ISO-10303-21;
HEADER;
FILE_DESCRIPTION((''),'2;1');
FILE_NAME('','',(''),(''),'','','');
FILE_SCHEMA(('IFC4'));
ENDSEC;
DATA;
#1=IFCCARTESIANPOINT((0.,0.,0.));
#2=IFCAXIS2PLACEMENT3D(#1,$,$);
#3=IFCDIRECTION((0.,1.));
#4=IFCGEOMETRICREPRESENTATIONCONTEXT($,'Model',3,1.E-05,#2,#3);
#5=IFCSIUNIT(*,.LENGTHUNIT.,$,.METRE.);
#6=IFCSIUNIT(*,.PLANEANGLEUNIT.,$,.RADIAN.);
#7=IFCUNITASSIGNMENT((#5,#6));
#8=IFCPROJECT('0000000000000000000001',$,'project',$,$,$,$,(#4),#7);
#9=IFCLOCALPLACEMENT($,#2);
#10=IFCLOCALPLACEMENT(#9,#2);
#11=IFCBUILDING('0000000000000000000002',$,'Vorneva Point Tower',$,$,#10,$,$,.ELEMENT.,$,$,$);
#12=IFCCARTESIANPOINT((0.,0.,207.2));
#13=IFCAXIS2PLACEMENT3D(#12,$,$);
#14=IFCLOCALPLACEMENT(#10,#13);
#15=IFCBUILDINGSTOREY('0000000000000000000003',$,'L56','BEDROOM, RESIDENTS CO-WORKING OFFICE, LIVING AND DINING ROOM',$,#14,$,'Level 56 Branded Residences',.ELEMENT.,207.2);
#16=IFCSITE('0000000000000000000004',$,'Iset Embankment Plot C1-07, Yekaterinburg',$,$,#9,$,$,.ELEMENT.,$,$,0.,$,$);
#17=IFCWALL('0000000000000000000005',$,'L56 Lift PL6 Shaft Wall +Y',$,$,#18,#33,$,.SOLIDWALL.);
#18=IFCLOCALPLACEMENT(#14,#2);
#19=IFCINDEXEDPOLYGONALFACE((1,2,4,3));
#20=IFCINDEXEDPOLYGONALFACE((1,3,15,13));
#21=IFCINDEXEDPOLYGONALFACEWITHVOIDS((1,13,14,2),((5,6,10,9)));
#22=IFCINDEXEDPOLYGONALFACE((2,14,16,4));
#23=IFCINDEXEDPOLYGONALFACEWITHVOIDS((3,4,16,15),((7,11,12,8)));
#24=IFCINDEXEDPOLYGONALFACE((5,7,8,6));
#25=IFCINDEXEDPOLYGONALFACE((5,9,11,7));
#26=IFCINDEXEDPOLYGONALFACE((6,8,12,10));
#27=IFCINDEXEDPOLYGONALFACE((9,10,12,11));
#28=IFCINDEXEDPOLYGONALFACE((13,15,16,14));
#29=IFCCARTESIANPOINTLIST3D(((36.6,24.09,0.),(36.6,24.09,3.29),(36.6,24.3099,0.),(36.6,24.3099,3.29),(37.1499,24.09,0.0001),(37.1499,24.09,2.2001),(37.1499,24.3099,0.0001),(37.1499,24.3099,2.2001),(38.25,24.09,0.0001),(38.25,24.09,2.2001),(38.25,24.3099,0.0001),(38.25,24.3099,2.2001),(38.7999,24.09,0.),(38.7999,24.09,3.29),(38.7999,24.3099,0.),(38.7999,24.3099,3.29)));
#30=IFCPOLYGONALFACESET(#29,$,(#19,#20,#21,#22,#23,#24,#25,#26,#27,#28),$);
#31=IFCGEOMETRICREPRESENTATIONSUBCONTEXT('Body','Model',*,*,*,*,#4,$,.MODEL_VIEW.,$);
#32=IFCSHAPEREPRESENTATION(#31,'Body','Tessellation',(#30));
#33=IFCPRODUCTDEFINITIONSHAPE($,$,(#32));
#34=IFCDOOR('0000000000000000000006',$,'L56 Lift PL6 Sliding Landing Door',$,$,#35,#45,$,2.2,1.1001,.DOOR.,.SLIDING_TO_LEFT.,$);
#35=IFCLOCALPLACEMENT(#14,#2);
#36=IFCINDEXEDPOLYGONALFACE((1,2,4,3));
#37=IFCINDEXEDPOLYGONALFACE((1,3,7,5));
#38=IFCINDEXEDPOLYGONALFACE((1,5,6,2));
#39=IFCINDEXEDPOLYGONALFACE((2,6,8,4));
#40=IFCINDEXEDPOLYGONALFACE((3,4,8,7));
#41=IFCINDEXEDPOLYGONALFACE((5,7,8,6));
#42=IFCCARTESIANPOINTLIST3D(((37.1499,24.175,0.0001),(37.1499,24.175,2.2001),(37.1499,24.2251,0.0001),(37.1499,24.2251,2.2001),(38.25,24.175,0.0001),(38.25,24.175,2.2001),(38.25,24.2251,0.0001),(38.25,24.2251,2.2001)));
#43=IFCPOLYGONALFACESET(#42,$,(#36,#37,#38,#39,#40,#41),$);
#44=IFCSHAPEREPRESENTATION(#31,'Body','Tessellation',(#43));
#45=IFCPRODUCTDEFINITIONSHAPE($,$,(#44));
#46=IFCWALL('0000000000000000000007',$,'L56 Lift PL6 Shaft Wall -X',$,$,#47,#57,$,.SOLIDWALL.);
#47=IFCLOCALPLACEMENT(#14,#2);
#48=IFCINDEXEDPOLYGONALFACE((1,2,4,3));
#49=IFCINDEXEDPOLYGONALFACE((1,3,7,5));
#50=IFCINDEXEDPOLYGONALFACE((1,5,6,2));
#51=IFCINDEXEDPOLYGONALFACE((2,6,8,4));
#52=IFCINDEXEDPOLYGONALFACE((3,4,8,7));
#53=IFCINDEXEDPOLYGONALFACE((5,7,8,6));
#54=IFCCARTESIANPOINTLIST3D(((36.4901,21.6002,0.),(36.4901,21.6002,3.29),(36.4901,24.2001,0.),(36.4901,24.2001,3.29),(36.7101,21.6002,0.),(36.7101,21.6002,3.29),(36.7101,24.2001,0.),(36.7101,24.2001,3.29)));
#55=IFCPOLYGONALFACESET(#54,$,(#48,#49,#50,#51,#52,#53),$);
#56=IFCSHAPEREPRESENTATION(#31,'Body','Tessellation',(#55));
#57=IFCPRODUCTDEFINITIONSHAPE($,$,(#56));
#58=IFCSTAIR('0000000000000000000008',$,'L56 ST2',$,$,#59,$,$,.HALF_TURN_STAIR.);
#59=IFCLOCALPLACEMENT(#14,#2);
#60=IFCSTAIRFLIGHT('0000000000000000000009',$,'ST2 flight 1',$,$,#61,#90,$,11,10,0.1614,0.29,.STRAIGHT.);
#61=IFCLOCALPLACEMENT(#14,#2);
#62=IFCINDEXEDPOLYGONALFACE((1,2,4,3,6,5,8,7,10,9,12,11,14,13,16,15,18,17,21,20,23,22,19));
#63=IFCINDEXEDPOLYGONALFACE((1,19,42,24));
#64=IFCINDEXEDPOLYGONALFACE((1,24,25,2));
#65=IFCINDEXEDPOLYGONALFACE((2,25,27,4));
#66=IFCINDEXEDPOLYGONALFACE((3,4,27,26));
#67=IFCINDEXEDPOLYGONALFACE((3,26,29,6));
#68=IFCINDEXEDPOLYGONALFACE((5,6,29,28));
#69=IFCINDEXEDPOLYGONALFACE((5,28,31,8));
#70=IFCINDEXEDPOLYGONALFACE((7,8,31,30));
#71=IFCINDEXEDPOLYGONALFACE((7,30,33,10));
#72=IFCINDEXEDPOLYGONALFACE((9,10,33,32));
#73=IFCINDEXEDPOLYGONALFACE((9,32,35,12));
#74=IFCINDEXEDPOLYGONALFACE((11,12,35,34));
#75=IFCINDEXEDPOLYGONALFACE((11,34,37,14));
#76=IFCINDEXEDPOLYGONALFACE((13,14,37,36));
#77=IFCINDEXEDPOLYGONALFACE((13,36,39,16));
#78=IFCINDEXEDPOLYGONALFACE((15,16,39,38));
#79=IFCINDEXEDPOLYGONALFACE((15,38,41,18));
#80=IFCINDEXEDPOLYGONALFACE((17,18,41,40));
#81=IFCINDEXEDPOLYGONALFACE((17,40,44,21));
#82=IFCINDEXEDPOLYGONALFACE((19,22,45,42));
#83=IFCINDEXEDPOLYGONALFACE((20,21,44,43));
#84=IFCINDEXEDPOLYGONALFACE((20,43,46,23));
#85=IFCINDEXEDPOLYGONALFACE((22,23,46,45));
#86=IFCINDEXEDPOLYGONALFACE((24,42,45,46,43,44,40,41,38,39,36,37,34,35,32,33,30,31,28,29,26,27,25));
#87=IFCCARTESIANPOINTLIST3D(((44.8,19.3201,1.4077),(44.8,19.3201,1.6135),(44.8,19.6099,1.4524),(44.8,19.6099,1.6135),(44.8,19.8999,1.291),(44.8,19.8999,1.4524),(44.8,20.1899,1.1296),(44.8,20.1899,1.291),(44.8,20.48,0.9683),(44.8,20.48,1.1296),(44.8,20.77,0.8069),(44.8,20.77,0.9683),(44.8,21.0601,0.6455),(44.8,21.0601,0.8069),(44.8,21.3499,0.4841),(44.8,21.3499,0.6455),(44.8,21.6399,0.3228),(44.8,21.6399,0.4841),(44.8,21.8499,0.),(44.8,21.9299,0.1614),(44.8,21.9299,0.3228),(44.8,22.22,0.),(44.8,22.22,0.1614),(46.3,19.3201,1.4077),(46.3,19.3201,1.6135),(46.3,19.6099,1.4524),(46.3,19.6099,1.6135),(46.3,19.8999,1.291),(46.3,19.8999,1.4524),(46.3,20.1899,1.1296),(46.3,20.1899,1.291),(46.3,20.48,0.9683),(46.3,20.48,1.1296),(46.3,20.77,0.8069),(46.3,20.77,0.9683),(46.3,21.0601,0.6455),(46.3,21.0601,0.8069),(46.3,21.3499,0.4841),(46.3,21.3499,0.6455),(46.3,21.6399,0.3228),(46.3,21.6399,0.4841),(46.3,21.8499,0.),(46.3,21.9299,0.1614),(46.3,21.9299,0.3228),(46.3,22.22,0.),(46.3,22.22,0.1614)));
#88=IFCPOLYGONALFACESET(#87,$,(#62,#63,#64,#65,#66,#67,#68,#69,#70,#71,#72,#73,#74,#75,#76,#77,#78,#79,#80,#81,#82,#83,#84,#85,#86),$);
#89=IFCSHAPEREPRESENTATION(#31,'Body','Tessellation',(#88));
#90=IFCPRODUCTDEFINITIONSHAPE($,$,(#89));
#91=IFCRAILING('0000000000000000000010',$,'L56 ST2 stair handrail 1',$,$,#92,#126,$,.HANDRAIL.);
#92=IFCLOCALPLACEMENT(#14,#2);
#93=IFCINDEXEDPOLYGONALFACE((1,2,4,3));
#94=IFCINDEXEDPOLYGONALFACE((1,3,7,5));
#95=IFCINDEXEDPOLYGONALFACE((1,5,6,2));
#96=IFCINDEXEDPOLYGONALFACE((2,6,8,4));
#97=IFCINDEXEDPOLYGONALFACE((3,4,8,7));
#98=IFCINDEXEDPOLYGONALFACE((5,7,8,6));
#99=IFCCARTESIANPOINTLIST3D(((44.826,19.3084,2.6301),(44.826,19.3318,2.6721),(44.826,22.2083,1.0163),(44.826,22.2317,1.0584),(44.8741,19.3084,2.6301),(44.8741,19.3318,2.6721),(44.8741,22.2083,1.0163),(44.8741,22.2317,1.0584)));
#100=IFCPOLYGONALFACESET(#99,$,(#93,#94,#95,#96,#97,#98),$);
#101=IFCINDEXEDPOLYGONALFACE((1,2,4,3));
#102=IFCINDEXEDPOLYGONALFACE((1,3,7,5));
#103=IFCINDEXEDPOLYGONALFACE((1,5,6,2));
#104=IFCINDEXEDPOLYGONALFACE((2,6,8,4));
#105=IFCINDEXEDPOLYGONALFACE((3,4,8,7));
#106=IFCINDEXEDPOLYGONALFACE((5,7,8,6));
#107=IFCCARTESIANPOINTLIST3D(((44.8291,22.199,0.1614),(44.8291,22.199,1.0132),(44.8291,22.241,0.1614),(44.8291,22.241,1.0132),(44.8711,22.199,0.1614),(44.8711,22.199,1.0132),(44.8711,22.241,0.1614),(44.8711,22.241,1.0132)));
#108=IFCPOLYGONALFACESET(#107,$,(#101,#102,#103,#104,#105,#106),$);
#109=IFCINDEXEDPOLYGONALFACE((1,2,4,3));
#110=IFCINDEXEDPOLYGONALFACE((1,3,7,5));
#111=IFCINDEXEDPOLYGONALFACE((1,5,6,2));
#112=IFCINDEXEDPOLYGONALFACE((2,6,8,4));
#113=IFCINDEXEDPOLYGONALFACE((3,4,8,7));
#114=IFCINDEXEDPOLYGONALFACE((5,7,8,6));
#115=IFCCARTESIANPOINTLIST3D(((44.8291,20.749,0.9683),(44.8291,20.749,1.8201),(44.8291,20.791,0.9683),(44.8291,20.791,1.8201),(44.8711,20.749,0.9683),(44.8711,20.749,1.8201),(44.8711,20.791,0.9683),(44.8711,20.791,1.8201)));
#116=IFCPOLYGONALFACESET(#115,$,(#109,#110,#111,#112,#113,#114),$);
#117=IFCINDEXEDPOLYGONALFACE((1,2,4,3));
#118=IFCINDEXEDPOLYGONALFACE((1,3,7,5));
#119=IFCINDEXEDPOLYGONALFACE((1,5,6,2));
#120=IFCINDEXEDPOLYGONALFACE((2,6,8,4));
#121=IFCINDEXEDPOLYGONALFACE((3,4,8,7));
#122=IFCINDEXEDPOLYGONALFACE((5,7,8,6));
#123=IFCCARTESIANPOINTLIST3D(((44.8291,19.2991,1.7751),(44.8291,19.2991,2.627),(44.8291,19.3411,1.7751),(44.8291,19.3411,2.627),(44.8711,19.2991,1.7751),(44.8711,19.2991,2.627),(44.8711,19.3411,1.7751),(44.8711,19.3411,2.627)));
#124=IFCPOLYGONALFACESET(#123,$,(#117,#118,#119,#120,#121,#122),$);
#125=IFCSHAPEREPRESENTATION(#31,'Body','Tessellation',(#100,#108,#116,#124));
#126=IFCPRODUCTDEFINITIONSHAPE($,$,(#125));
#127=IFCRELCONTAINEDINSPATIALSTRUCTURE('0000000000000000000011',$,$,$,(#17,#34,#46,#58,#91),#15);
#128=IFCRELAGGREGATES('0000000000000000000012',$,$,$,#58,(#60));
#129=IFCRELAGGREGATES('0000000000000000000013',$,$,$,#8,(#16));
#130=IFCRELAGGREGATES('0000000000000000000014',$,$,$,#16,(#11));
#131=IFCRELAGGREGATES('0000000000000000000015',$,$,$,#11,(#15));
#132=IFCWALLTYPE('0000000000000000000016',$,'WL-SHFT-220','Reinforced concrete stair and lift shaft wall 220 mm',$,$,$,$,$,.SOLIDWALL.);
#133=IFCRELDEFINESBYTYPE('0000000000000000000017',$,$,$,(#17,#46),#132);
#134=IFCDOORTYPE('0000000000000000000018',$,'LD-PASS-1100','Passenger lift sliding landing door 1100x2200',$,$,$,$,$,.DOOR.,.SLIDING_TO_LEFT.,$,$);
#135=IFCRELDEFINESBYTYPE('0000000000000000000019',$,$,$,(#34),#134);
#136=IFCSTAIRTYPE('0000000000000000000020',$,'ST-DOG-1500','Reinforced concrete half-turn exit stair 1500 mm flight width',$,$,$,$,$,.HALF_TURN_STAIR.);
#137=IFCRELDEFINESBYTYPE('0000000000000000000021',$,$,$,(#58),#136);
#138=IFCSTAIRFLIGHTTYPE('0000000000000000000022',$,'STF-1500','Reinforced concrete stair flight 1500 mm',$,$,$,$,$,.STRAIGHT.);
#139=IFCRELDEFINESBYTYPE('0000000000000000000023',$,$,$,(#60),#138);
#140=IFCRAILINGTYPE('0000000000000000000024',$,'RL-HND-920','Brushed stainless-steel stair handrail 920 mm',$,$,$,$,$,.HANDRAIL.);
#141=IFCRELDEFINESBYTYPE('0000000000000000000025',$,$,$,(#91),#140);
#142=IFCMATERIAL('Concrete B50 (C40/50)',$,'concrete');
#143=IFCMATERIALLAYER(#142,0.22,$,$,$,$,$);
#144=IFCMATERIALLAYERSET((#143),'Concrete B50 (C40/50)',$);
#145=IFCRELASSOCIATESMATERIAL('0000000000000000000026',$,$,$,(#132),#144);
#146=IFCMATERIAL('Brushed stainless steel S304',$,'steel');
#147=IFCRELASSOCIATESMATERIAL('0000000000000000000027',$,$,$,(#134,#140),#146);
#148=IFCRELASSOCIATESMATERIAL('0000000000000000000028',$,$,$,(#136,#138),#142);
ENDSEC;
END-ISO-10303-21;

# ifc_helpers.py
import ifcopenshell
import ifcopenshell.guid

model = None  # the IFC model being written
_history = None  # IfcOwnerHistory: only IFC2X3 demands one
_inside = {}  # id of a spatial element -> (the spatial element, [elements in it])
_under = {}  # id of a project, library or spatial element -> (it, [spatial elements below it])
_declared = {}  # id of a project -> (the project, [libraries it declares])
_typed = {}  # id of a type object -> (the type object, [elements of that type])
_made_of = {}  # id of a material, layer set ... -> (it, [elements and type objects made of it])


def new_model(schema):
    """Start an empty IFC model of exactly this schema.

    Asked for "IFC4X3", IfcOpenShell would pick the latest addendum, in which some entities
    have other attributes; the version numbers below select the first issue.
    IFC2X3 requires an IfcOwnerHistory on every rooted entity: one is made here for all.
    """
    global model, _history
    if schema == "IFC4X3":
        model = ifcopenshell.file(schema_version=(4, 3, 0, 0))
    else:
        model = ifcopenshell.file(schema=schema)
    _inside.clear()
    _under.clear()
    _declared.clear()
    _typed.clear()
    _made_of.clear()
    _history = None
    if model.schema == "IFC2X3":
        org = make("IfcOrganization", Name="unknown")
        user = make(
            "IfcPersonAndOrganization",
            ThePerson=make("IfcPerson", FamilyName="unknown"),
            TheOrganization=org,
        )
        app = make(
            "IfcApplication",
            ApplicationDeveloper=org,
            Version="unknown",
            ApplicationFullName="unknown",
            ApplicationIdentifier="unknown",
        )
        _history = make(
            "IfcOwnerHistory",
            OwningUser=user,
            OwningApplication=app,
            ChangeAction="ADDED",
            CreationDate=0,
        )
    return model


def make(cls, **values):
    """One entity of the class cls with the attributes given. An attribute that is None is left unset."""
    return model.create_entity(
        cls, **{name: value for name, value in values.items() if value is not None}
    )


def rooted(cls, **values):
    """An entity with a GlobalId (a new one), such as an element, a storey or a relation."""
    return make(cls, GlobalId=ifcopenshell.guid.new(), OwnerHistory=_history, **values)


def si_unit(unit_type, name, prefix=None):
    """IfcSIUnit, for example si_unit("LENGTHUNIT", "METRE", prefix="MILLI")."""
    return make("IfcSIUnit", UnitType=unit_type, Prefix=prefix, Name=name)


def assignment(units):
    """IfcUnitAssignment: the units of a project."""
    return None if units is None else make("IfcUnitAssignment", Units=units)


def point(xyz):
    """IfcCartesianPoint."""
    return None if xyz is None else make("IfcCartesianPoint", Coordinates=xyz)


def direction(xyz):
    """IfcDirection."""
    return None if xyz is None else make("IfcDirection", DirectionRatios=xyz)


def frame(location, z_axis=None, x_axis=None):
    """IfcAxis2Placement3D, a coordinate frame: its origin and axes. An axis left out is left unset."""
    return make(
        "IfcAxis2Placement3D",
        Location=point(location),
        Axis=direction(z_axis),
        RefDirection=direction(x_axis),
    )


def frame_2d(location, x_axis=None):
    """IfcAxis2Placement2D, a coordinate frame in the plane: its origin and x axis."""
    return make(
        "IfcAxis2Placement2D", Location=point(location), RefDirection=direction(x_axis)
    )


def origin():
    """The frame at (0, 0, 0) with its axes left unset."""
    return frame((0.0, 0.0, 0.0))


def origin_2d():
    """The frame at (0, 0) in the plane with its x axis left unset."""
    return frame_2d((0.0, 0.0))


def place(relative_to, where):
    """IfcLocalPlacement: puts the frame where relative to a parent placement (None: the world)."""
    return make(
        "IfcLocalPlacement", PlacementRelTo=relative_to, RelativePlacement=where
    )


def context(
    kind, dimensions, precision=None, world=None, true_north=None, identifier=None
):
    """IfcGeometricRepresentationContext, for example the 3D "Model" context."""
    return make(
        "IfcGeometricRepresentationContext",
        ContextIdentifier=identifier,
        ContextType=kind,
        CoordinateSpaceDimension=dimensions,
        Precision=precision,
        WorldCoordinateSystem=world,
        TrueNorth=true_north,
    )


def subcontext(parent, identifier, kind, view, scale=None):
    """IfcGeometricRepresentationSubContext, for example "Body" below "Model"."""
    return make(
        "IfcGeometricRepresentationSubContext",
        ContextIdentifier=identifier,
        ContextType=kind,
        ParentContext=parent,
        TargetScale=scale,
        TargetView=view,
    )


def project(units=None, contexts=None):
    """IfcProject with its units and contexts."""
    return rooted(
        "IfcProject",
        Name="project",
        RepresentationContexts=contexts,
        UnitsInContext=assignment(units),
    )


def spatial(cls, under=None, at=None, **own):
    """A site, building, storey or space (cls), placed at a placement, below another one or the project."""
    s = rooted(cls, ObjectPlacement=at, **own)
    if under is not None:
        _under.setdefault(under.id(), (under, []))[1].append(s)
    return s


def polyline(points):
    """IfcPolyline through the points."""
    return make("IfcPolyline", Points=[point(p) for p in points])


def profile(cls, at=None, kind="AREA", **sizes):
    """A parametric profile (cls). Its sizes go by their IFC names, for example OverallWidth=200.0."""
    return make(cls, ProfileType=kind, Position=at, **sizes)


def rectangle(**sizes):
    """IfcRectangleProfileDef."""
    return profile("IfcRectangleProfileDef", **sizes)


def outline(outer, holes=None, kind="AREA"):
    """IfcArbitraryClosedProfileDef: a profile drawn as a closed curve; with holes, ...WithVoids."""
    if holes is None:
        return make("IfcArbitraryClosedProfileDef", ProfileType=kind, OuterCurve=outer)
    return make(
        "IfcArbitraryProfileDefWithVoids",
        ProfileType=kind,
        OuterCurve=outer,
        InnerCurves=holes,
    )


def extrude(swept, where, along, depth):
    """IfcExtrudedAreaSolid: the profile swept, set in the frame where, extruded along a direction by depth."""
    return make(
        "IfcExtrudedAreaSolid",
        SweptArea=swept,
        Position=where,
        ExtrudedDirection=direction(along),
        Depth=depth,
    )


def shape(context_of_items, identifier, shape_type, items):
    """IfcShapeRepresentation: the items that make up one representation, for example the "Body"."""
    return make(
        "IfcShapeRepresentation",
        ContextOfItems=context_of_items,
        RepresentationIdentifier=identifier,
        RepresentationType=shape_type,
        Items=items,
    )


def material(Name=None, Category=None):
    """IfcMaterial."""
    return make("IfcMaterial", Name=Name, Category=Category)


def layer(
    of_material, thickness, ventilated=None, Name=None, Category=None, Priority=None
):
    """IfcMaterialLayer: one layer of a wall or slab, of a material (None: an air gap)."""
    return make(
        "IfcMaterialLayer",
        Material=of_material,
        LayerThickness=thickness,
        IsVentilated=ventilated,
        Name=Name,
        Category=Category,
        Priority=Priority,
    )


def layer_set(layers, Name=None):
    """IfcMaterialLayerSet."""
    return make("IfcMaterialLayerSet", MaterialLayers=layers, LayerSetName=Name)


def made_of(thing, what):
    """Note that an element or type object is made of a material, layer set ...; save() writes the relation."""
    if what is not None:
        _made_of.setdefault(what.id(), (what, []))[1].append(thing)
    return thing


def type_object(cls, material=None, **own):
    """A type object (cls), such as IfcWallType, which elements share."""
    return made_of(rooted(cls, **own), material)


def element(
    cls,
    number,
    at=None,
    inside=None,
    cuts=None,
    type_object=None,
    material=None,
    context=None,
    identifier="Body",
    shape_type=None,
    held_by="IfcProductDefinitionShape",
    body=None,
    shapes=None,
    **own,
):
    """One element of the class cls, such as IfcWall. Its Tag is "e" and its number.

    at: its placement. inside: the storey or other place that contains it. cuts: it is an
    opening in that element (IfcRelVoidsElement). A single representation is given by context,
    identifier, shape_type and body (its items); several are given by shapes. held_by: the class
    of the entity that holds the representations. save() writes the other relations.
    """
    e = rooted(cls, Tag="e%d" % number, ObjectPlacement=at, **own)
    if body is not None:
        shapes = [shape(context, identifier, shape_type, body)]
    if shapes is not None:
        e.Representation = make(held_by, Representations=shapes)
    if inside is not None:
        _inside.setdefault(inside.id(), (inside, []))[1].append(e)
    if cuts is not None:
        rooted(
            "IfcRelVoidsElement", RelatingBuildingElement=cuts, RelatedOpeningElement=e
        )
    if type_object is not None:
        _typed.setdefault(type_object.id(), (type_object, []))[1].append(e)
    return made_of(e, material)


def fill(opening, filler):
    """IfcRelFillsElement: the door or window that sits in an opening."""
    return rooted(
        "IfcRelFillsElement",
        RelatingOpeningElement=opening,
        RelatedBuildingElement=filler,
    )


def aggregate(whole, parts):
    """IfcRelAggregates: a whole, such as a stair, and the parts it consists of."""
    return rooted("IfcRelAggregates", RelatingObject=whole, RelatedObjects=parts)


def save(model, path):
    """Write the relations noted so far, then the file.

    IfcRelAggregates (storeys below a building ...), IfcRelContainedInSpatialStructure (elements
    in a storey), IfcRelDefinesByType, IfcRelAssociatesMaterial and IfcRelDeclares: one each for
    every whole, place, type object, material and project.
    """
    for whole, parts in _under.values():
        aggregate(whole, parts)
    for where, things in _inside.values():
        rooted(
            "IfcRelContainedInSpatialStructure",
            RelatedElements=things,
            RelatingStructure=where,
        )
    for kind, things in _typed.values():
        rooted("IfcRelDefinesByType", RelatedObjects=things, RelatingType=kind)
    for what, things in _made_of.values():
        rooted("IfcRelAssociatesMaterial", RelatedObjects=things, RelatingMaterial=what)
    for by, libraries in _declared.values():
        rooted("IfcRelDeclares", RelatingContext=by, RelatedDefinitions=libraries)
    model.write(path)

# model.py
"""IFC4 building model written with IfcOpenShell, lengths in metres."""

from ifc_helpers import new_model, si_unit, direction, frame, frame_2d, origin, origin_2d, place, context, subcontext, project, spatial, polyline, rectangle, outline, extrude, material, layer, layer_set, type_object, element, fill, aggregate, save


model = new_model("IFC4")

# Units and contexts
model_context = context("Model", 3, precision=1e-05, world=origin(), true_north=direction((0.0, 1.0)))
body_context = subcontext(model_context, "Body", "Model", "MODEL_VIEW")
ifc_project = project(units=[si_unit("LENGTHUNIT", "METRE"), si_unit("PLANEANGLEUNIT", "RADIAN")], contexts=[model_context])

# Site, building, storey
site_placement = place(None, origin())
site = spatial("IfcSite", under=ifc_project, at=site_placement, Name="Iset Embankment Plot C1-07, Yekaterinburg", CompositionType="ELEMENT", RefElevation=0.0)
building_placement = place(site_placement, origin())
building = spatial("IfcBuilding", under=site, at=building_placement, Name="Vorneva Point Tower", CompositionType="ELEMENT")
storey_placement = place(building_placement, frame((0.0, 0.0, 207.2)))
storey = spatial("IfcBuildingStorey", under=building, at=storey_placement, Name="L56", Description="BEDROOM, RESIDENTS CO-WORKING OFFICE, LIVING AND DINING ROOM", LongName="Level 56 Branded Residences", CompositionType="ELEMENT", Elevation=207.2)

# Shared definitions
ifc_material_1 = material(Name="Concrete B50 (C40/50)", Category="concrete")

# Shared definitions
ifc_layer_1 = layer(ifc_material_1, 0.22)
ifc_layer_set_1 = layer_set([ifc_layer_1], Name="Concrete B50 (C40/50)")
wall_type_1 = type_object("IfcWallType", Name="WL-SHFT-220", Description="Reinforced concrete stair and lift shaft wall 220 mm", PredefinedType="SOLIDWALL", material=ifc_layer_set_1)

# Shared definitions
ifc_material_2 = material(Name="Brushed stainless steel S304", Category="steel")
door_type_1 = type_object("IfcDoorType", Name="LD-PASS-1100", Description="Passenger lift sliding landing door 1100x2200", OperationType="SLIDING_TO_LEFT", PredefinedType="DOOR", material=ifc_material_2)

# Wall, opening, door
wall_1_placement = place(storey_placement, frame((38.8, 24.2, 0.0), z_axis=(0.0, 0.0, 1.0), x_axis=(-1.0, 0.0, 0.0)))
wall_1 = element("IfcWall", 1, at=wall_1_placement, inside=storey, type_object=wall_type_1, Name="L56 Lift PL6 Shaft Wall +Y", PredefinedType="SOLIDWALL", context=body_context, shape_type="SweptSolid", body=[
    extrude(rectangle(XDim=2.2, YDim=0.22, at=frame_2d((1.1001, 0.0))), origin(), (0.0, 0.0, 1.0), 3.29),
])
opening_1_placement = place(wall_1_placement, frame((0.55, 0.0, 0.0)))
opening_1 = element("IfcOpeningElement", 2, at=opening_1_placement, cuts=wall_1, PredefinedType="OPENING", context=body_context, shape_type="SweptSolid", body=[
    extrude(rectangle(XDim=1.1001, YDim=2.2, at=frame_2d((0.55, 1.1001))), frame((0.0, 0.125, 0.0), z_axis=(0.0, -1.0, 0.0), x_axis=(1.0, 0.0, 0.0)), (0.0, 0.0, 1.0), 0.2498),
])
door_1_placement = place(opening_1_placement, origin())
door_1 = element("IfcDoor", 3, at=door_1_placement, inside=storey, type_object=door_type_1, Name="L56 Lift PL6 Sliding Landing Door", OperationType="SLIDING_TO_LEFT", OverallHeight=2.2, OverallWidth=1.1001, PredefinedType="DOOR", context=body_context, shape_type="SweptSolid", body=[
    extrude(rectangle(XDim=1.1001, YDim=2.2, at=frame_2d((0.55, 1.1001))), frame((0.0, 0.0249, 0.0), z_axis=(0.0, -1.0, 0.0), x_axis=(1.0, 0.0, 0.0)), (0.0, 0.0, 1.0), 0.05),
])
fill(opening_1, door_1)

# Wall
wall_2_placement = place(storey_placement, frame((36.6001, 24.2, 0.0), z_axis=(0.0, 0.0, 1.0), x_axis=(0.0, -1.0, 0.0)))
element("IfcWall", 4, at=wall_2_placement, inside=storey, type_object=wall_type_1, Name="L56 Lift PL6 Shaft Wall -X", PredefinedType="SOLIDWALL", context=body_context, shape_type="SweptSolid", body=[
    extrude(rectangle(XDim=2.5999, YDim=0.22, at=frame_2d((1.2998, 0.0))), origin(), (0.0, 0.0, 1.0), 3.29),
])

# Stair, stair flight
stair_type = type_object("IfcStairType", Name="ST-DOG-1500", Description="Reinforced concrete half-turn exit stair 1500 mm flight width", PredefinedType="HALF_TURN_STAIR", material=ifc_material_1)
stair_placement = place(storey_placement, origin())
stair = element("IfcStair", 5, at=stair_placement, inside=storey, type_object=stair_type, Name="L56 ST2", PredefinedType="HALF_TURN_STAIR")
stair_flight_type = type_object("IfcStairFlightType", Name="STF-1500", Description="Reinforced concrete stair flight 1500 mm", PredefinedType="STRAIGHT", material=ifc_material_1)
stair_flight_placement = place(storey_placement, frame((45.55, 22.22, 0.0), z_axis=(0.0, 0.0, 1.0), x_axis=(0.0, -1.0, 0.0)))
stair_flight = element("IfcStairFlight", 6, at=stair_flight_placement, type_object=stair_flight_type, Name="ST2 flight 1", NumberOfRisers=11, NumberOfTreads=10, PredefinedType="STRAIGHT", RiserHeight=0.1614, TreadLength=0.29, context=body_context, shape_type="SweptSolid", body=[
    extrude(outline(polyline([(0.0, 0.0), (0.0, 0.1614), (0.29, 0.1614), (0.29, 0.3228), (0.5801, 0.3228), (0.5801, 0.4841), (0.8701, 0.4841), (0.8701, 0.6455), (1.1599, 0.6455), (1.1599, 0.8069), (1.45, 0.8069), (1.45, 0.9683), (1.74, 0.9683), (1.74, 1.1296), (2.03, 1.1296), (2.03, 1.291), (2.3201, 1.291), (2.3201, 1.4524), (2.6101, 1.4524), (2.6101, 1.6135), (2.8999, 1.6135), (2.8999, 1.7749), (2.8999, 1.4077), (0.3701, 0.0), (0.0, 0.0)])), frame((0.0, 0.75, 0.0), z_axis=(0.0, -1.0, 0.0), x_axis=(1.0, 0.0, 0.0)), (0.0, 0.0, 1.0), 1.5),
])
aggregate(stair, [stair_flight])

# Railing
railing_type = type_object("IfcRailingType", Name="RL-HND-920", Description="Brushed stainless-steel stair handrail 920 mm", PredefinedType="HANDRAIL", material=ifc_material_2)
railing_placement = place(storey_placement, frame((44.8501, 22.22, 0.1614)))
element("IfcRailing", 7, at=railing_placement, inside=storey, type_object=railing_type, Name="L56 ST2 stair handrail 1", PredefinedType="HANDRAIL", context=body_context, shape_type="SweptSolid", body=[
    extrude(rectangle(XDim=0.0481, YDim=0.0481, at=origin_2d()), frame((0.0, 0.0, 0.876), z_axis=(0.0, -0.87381, 0.486267), x_axis=(1.0, 0.0, 0.0)), (0.0, 0.0, 1.0), 3.3186),
    extrude(rectangle(XDim=0.042, YDim=0.042, at=origin_2d()), origin(), (0.0, 0.0, 1.0), 0.8518),
    extrude(rectangle(XDim=0.042, YDim=0.042, at=origin_2d()), frame((0.0, -1.45, 0.8069)), (0.0, 0.0, 1.0), 0.8518),
    extrude(rectangle(XDim=0.042, YDim=0.042, at=origin_2d()), frame((0.0, -2.8999, 1.6138)), (0.0, 0.0, 1.0), 0.8518),
])

save(model, "model.ifc")
